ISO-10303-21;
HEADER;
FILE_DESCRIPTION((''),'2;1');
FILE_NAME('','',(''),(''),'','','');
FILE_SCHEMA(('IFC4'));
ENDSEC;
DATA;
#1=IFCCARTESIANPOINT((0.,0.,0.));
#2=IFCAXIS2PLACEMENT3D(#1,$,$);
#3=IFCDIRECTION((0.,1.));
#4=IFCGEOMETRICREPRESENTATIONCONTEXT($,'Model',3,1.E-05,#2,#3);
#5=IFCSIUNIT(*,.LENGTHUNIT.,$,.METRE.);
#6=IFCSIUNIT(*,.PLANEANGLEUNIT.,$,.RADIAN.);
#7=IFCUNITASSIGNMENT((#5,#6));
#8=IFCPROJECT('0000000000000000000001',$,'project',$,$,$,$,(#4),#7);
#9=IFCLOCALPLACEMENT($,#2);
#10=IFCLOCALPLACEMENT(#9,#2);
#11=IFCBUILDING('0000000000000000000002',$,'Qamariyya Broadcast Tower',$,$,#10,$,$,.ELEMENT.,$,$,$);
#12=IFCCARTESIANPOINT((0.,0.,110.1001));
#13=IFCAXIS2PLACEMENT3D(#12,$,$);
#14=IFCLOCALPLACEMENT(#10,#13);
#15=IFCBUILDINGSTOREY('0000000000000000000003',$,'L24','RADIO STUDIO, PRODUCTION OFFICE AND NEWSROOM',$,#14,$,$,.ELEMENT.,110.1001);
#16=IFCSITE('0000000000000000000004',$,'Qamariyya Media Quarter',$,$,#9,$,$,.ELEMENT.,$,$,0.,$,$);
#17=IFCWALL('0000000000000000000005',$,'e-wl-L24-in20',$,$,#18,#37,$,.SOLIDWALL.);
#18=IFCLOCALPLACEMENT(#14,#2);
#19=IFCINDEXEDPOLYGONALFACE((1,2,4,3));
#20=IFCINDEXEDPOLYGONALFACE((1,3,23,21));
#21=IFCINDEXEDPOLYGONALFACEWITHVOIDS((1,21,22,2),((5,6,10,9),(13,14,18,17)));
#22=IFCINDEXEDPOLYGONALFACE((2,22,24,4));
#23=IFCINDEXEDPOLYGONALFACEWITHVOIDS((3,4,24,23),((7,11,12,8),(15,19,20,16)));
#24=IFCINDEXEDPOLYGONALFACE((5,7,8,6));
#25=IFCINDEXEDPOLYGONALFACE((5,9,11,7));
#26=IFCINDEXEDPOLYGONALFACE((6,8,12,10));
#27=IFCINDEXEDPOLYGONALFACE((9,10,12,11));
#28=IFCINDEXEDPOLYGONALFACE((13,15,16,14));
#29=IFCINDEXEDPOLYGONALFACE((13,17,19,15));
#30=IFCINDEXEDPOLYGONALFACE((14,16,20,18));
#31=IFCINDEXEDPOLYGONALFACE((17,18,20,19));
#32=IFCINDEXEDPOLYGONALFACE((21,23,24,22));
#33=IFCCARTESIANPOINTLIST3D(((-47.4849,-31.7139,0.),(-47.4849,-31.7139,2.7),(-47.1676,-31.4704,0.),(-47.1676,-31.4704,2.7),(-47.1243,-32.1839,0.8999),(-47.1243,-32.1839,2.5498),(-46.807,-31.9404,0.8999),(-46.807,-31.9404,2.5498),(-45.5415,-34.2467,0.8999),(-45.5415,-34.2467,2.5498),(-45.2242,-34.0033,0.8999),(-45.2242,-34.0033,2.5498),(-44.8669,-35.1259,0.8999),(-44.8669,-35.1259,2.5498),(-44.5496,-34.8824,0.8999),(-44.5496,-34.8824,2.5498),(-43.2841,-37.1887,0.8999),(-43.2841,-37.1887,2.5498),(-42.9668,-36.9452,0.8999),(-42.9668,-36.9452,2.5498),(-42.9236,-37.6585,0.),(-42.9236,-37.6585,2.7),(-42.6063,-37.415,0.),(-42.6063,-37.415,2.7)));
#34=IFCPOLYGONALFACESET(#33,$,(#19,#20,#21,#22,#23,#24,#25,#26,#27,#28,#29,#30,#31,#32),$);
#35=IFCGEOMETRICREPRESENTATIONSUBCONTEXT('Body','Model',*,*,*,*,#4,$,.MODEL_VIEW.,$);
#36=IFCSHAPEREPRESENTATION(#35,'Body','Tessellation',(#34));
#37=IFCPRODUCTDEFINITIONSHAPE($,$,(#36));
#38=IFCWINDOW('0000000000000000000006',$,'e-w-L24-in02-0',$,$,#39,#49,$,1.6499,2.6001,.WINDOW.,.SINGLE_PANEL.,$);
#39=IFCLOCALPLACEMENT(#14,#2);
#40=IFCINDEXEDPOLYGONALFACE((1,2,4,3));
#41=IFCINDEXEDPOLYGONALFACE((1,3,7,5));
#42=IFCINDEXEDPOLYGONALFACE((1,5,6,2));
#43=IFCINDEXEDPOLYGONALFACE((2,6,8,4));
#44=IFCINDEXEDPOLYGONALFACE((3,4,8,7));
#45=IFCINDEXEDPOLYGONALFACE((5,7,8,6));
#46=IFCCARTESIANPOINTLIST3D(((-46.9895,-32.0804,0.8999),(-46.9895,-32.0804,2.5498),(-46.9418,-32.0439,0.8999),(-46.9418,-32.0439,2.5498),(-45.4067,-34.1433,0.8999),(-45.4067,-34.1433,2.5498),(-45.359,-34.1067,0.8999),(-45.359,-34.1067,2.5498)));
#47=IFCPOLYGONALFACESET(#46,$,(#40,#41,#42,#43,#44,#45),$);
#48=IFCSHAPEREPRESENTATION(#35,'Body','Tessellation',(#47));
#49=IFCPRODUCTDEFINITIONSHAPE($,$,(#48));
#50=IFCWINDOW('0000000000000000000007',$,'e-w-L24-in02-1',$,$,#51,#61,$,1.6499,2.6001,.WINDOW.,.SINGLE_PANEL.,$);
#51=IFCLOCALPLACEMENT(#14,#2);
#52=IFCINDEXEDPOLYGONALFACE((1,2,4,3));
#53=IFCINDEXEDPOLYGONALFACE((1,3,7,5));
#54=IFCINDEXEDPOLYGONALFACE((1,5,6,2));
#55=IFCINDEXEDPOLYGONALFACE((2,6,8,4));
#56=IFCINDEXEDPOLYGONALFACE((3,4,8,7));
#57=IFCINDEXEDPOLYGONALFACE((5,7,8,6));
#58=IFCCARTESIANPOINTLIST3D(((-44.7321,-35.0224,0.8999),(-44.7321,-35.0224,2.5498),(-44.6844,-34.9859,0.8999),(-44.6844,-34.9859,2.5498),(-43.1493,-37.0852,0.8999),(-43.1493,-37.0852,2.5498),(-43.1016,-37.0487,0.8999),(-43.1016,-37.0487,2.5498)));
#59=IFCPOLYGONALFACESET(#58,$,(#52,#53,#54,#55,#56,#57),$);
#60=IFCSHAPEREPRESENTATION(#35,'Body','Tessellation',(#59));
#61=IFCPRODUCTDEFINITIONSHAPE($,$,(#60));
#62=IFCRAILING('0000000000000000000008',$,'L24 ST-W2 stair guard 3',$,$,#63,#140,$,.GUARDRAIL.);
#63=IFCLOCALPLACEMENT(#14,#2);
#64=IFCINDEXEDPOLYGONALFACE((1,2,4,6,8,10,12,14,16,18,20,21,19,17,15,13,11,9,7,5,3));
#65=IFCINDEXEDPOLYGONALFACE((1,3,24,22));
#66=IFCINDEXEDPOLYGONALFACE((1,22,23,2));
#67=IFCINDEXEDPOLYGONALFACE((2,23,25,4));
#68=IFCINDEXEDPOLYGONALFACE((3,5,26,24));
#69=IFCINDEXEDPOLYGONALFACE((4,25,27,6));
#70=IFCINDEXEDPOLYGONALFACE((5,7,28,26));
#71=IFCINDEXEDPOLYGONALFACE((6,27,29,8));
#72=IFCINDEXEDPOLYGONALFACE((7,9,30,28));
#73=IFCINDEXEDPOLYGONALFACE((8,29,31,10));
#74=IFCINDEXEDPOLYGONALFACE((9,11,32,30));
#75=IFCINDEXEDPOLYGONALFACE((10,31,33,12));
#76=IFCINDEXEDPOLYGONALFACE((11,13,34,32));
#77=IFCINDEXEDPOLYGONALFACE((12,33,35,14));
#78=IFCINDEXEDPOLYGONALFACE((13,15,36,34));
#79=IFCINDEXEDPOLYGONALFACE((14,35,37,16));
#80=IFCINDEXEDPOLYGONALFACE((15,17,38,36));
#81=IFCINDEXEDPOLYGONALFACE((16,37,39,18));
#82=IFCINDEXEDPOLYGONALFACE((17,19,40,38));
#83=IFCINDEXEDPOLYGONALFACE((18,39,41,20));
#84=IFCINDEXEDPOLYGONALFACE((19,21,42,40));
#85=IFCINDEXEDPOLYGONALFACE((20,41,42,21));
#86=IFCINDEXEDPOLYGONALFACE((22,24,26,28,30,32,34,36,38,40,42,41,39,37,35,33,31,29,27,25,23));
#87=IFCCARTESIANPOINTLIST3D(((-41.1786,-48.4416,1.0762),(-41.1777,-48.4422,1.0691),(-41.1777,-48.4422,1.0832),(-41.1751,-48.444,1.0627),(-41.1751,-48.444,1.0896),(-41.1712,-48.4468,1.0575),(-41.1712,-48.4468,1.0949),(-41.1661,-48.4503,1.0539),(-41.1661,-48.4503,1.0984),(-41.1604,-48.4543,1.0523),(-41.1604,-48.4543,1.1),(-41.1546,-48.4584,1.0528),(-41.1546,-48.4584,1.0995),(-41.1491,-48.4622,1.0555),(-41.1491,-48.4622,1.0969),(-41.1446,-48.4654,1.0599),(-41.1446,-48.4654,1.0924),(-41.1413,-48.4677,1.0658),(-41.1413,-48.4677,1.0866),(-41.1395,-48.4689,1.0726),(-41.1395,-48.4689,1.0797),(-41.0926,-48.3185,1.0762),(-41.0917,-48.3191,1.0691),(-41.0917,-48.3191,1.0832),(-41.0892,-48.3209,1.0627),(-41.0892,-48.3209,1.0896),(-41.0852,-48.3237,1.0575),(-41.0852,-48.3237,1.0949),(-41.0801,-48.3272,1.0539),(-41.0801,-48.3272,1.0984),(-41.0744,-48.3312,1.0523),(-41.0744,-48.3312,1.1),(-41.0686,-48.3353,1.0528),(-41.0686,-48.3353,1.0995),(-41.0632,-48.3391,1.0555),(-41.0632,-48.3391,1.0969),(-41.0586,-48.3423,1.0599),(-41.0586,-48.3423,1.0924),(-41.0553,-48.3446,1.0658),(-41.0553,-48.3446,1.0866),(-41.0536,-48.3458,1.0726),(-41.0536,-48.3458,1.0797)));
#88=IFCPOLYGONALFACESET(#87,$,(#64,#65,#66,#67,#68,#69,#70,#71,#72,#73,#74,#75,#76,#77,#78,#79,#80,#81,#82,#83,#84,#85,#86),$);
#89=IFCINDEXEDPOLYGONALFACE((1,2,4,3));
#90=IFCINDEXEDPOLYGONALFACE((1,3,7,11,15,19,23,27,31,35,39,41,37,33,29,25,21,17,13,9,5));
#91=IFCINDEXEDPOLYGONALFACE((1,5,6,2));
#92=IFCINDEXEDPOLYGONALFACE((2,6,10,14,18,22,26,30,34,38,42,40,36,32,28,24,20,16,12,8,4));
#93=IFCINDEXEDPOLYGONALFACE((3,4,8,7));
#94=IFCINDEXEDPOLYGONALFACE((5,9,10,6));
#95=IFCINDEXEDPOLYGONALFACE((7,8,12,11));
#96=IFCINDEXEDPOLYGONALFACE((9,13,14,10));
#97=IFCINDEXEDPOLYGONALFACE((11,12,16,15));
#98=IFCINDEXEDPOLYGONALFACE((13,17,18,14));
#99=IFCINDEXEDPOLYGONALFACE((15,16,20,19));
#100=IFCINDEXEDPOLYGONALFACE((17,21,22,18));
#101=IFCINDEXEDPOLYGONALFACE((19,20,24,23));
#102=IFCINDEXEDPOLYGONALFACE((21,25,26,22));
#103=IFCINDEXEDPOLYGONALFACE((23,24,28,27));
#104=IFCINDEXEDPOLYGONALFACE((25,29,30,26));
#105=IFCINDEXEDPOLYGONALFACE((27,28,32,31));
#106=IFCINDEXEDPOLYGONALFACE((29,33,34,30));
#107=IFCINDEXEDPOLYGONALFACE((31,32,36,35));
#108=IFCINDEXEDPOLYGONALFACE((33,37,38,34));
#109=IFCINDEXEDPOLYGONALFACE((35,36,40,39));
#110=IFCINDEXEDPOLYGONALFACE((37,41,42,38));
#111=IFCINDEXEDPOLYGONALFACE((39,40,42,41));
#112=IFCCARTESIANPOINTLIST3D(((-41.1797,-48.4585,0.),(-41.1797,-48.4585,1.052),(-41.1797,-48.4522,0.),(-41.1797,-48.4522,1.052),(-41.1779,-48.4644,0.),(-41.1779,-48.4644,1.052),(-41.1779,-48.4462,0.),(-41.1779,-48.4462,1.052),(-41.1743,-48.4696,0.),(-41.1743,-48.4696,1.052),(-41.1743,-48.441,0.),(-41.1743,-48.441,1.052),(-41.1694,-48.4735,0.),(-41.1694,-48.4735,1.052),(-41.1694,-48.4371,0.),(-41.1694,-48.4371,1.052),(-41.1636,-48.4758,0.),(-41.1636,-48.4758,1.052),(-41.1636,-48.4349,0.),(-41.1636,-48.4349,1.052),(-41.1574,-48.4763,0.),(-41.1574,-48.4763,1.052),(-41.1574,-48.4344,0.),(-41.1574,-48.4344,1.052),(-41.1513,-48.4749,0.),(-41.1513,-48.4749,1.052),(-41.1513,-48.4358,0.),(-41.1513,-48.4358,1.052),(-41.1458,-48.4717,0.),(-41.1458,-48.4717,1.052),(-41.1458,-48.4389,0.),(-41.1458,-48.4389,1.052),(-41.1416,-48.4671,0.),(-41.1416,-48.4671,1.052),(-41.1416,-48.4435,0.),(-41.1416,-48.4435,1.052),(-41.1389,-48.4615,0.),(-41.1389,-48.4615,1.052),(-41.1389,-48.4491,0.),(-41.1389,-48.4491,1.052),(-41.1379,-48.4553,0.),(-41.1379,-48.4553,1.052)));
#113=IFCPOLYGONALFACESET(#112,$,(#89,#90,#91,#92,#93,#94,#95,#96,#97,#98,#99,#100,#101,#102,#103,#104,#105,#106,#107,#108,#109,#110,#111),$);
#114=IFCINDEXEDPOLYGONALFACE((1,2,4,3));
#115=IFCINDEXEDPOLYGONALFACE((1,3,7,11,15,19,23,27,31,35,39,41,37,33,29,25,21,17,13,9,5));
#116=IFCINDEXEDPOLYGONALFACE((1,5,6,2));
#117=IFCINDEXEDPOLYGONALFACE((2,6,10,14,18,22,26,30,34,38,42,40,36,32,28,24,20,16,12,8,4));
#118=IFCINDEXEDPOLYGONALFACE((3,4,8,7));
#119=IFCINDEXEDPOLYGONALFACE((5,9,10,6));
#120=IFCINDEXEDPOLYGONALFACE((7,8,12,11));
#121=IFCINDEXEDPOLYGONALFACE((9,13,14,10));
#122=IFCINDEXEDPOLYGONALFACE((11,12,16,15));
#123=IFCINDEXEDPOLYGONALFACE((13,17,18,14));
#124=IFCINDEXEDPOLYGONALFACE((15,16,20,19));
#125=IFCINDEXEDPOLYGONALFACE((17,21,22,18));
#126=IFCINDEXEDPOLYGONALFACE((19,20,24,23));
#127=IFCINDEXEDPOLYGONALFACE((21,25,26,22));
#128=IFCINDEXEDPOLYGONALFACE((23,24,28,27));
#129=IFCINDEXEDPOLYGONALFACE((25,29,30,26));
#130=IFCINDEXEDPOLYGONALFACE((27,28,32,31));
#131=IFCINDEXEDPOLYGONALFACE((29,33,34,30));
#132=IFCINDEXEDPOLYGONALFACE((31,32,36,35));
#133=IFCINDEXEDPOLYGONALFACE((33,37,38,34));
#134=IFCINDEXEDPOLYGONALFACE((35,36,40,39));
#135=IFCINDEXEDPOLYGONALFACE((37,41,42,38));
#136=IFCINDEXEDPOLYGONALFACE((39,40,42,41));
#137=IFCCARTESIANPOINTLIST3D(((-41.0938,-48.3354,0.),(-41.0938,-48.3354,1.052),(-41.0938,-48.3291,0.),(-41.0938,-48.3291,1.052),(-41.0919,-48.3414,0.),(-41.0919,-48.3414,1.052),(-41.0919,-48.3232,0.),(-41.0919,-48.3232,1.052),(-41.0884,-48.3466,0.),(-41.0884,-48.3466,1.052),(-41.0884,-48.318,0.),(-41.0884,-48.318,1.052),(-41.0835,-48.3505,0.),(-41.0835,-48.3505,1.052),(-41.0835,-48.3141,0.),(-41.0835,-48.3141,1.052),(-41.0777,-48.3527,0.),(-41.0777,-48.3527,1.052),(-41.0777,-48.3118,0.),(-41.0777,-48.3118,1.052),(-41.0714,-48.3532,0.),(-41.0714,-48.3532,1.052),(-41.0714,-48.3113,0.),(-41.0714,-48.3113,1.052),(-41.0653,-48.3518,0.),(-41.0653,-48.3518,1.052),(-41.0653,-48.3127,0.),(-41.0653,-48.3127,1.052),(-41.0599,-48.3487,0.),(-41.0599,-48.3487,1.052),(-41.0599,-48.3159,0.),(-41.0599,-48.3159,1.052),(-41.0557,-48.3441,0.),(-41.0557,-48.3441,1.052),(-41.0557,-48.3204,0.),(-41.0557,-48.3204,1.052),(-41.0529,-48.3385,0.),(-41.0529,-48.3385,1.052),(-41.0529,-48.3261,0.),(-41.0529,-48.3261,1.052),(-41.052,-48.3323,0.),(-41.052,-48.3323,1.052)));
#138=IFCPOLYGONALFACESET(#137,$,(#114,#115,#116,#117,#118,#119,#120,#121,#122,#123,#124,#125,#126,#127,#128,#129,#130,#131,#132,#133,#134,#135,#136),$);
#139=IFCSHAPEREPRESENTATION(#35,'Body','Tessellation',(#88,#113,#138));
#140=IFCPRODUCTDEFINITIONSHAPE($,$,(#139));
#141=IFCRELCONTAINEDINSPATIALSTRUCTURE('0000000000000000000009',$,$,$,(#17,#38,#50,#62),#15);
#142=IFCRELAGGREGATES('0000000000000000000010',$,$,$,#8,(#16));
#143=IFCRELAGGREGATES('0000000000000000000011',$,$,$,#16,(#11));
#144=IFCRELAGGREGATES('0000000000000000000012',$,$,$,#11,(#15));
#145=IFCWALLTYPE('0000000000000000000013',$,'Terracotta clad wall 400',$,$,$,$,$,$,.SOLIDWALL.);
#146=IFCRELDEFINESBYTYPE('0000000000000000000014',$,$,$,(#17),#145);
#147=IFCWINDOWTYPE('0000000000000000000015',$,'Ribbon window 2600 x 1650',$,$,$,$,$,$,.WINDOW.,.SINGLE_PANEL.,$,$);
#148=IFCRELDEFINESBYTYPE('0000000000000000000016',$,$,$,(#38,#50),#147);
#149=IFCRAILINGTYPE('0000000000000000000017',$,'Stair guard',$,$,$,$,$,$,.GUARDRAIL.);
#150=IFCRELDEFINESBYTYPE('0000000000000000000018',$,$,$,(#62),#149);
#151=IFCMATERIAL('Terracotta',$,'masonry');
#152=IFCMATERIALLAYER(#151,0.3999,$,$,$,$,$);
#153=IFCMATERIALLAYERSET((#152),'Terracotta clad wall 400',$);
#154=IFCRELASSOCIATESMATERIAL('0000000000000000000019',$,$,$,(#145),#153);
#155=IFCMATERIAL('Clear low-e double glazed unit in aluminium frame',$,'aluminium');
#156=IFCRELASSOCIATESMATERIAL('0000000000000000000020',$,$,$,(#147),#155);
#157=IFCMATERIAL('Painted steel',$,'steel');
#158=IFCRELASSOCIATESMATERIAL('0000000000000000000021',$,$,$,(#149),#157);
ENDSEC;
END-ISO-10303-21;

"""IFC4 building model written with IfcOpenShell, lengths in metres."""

from ifc_helpers import new_model, si_unit, direction, frame, frame_2d, origin, origin_2d, place, context, subcontext, project, spatial, rectangle, circle, extrude, material, layer, layer_set, type_object, element, fill, save


model = new_model("IFC4")

# Units and contexts
model_context = context("Model", 3, precision=1e-05, world=origin(), true_north=direction((0.0, 1.0)))
body_context = subcontext(model_context, "Body", "Model", "MODEL_VIEW")
ifc_project = project(units=[si_unit("LENGTHUNIT", "METRE"), si_unit("PLANEANGLEUNIT", "RADIAN")], contexts=[model_context])

# Site, building, storey
site_placement = place(None, origin())
site = spatial("IfcSite", under=ifc_project, at=site_placement, Name="Qamariyya Media Quarter", CompositionType="ELEMENT", RefElevation=0.0)
building_placement = place(site_placement, origin())
building = spatial("IfcBuilding", under=site, at=building_placement, Name="Qamariyya Broadcast Tower", CompositionType="ELEMENT")
storey_placement = place(building_placement, frame((0.0, 0.0, 110.1001)))
storey = spatial("IfcBuildingStorey", under=building, at=storey_placement, Name="L24", Description="RADIO STUDIO, PRODUCTION OFFICE AND NEWSROOM", CompositionType="ELEMENT", Elevation=110.1001)

# Shared definitions
ifc_material_1 = material(Name="Terracotta", Category="masonry")
ifc_layer_1 = layer(ifc_material_1, 0.3999)
ifc_layer_set_1 = layer_set([ifc_layer_1], Name="Terracotta clad wall 400")
wall_type_1 = type_object("IfcWallType", Name="Terracotta clad wall 400", PredefinedType="SOLIDWALL", material=ifc_layer_set_1)
ifc_material_2 = material(Name="Clear low-e double glazed unit in aluminium frame", Category="aluminium")

# Wall, openings, windows
window_type_1 = type_object("IfcWindowType", Name="Ribbon window 2600 x 1650", PartitioningType="SINGLE_PANEL", PredefinedType="WINDOW", material=ifc_material_2)
wall_1_placement = place(storey_placement, frame((-42.7649, -37.5369, 0.0), z_axis=(0.0, 0.0, 1.0), x_axis=(-0.608748, 0.793363, 0.0)))
wall_1 = element("IfcWall", 1, at=wall_1_placement, inside=storey, type_object=wall_type_1, Name="e-wl-L24-in20", PredefinedType="SOLIDWALL", context=body_context, shape_type="SweptSolid", body=[
    extrude(rectangle(XDim=7.4929, YDim=0.3999, at=frame_2d((3.7466, 0.0))), origin(), (0.0, 0.0, 1.0), 2.7),
])
opening_1_placement = place(wall_1_placement, frame((4.3005, 0.0, 0.8999)))
opening_1 = element("IfcOpeningElement", 2, at=opening_1_placement, cuts=wall_1, PredefinedType="OPENING", context=body_context, shape_type="SweptSolid", body=[
    extrude(rectangle(XDim=2.6001, YDim=1.6499, at=frame_2d((1.3, 0.825))), frame((0.0, 0.21, 0.0), z_axis=(0.0, -1.0, 0.0), x_axis=(1.0, 0.0, 0.0)), (0.0, 0.0, 1.0), 0.4199),
])
opening_2_placement = place(wall_1_placement, frame((0.5923, 0.0, 0.8999)))
opening_2 = element("IfcOpeningElement", 3, at=opening_2_placement, cuts=wall_1, PredefinedType="OPENING", context=body_context, shape_type="SweptSolid", body=[
    extrude(rectangle(XDim=2.6001, YDim=1.6499, at=frame_2d((1.3, 0.825))), frame((0.0, 0.21, 0.0), z_axis=(0.0, -1.0, 0.0), x_axis=(1.0, 0.0, 0.0)), (0.0, 0.0, 1.0), 0.4199),
])
window_1_placement = place(opening_1_placement, origin())
window_1 = element("IfcWindow", 4, at=window_1_placement, inside=storey, type_object=window_type_1, Name="e-w-L24-in02-0", OverallHeight=1.6499, OverallWidth=2.6001, PartitioningType="SINGLE_PANEL", PredefinedType="WINDOW", context=body_context, shape_type="SweptSolid", body=[
    extrude(rectangle(XDim=2.6001, YDim=1.6499, at=frame_2d((1.3, 0.825))), frame((0.0, 0.03, 0.0), z_axis=(0.0, -1.0, 0.0), x_axis=(1.0, 0.0, 0.0)), (0.0, 0.0, 1.0), 0.0601),
])
fill(opening_1, window_1)
window_2_placement = place(opening_2_placement, origin())
window_2 = element("IfcWindow", 5, at=window_2_placement, inside=storey, type_object=window_type_1, Name="e-w-L24-in02-1", OverallHeight=1.6499, OverallWidth=2.6001, PartitioningType="SINGLE_PANEL", PredefinedType="WINDOW", context=body_context, shape_type="SweptSolid", body=[
    extrude(rectangle(XDim=2.6001, YDim=1.6499, at=frame_2d((1.3, 0.825))), frame((0.0, 0.03, 0.0), z_axis=(0.0, -1.0, 0.0), x_axis=(1.0, 0.0, 0.0)), (0.0, 0.0, 1.0), 0.0601),
])
fill(opening_2, window_2)

# Railing
ifc_material_3 = material(Name="Painted steel", Category="steel")
railing_type = type_object("IfcRailingType", Name="Stair guard", PredefinedType="GUARDRAIL", material=ifc_material_3)
railing_1_placement = place(storey_placement, frame((-41.1589, -48.4553, 0.0)))
element("IfcRailing", 6, at=railing_1_placement, inside=storey, type_object=railing_type, Name="L24 ST-W2 stair guard 3", PredefinedType="GUARDRAIL", context=body_context, shape_type="SweptSolid", body=[
    extrude(circle(Radius=0.0239, at=origin_2d()), frame((0.0, 0.0, 1.0762), z_axis=(0.572589, 0.819843, 0.0), x_axis=(-0.819843, 0.572589, 0.0)), (0.0, 0.0, 1.0), 0.1501),
    extrude(circle(Radius=0.021, at=origin_2d()), origin(), (0.0, 0.0, 1.0), 1.052),
    extrude(circle(Radius=0.021, at=origin_2d()), frame((0.0859, 0.123, 0.0)), (0.0, 0.0, 1.0), 1.052),
])

save(model, "model.ifc")
